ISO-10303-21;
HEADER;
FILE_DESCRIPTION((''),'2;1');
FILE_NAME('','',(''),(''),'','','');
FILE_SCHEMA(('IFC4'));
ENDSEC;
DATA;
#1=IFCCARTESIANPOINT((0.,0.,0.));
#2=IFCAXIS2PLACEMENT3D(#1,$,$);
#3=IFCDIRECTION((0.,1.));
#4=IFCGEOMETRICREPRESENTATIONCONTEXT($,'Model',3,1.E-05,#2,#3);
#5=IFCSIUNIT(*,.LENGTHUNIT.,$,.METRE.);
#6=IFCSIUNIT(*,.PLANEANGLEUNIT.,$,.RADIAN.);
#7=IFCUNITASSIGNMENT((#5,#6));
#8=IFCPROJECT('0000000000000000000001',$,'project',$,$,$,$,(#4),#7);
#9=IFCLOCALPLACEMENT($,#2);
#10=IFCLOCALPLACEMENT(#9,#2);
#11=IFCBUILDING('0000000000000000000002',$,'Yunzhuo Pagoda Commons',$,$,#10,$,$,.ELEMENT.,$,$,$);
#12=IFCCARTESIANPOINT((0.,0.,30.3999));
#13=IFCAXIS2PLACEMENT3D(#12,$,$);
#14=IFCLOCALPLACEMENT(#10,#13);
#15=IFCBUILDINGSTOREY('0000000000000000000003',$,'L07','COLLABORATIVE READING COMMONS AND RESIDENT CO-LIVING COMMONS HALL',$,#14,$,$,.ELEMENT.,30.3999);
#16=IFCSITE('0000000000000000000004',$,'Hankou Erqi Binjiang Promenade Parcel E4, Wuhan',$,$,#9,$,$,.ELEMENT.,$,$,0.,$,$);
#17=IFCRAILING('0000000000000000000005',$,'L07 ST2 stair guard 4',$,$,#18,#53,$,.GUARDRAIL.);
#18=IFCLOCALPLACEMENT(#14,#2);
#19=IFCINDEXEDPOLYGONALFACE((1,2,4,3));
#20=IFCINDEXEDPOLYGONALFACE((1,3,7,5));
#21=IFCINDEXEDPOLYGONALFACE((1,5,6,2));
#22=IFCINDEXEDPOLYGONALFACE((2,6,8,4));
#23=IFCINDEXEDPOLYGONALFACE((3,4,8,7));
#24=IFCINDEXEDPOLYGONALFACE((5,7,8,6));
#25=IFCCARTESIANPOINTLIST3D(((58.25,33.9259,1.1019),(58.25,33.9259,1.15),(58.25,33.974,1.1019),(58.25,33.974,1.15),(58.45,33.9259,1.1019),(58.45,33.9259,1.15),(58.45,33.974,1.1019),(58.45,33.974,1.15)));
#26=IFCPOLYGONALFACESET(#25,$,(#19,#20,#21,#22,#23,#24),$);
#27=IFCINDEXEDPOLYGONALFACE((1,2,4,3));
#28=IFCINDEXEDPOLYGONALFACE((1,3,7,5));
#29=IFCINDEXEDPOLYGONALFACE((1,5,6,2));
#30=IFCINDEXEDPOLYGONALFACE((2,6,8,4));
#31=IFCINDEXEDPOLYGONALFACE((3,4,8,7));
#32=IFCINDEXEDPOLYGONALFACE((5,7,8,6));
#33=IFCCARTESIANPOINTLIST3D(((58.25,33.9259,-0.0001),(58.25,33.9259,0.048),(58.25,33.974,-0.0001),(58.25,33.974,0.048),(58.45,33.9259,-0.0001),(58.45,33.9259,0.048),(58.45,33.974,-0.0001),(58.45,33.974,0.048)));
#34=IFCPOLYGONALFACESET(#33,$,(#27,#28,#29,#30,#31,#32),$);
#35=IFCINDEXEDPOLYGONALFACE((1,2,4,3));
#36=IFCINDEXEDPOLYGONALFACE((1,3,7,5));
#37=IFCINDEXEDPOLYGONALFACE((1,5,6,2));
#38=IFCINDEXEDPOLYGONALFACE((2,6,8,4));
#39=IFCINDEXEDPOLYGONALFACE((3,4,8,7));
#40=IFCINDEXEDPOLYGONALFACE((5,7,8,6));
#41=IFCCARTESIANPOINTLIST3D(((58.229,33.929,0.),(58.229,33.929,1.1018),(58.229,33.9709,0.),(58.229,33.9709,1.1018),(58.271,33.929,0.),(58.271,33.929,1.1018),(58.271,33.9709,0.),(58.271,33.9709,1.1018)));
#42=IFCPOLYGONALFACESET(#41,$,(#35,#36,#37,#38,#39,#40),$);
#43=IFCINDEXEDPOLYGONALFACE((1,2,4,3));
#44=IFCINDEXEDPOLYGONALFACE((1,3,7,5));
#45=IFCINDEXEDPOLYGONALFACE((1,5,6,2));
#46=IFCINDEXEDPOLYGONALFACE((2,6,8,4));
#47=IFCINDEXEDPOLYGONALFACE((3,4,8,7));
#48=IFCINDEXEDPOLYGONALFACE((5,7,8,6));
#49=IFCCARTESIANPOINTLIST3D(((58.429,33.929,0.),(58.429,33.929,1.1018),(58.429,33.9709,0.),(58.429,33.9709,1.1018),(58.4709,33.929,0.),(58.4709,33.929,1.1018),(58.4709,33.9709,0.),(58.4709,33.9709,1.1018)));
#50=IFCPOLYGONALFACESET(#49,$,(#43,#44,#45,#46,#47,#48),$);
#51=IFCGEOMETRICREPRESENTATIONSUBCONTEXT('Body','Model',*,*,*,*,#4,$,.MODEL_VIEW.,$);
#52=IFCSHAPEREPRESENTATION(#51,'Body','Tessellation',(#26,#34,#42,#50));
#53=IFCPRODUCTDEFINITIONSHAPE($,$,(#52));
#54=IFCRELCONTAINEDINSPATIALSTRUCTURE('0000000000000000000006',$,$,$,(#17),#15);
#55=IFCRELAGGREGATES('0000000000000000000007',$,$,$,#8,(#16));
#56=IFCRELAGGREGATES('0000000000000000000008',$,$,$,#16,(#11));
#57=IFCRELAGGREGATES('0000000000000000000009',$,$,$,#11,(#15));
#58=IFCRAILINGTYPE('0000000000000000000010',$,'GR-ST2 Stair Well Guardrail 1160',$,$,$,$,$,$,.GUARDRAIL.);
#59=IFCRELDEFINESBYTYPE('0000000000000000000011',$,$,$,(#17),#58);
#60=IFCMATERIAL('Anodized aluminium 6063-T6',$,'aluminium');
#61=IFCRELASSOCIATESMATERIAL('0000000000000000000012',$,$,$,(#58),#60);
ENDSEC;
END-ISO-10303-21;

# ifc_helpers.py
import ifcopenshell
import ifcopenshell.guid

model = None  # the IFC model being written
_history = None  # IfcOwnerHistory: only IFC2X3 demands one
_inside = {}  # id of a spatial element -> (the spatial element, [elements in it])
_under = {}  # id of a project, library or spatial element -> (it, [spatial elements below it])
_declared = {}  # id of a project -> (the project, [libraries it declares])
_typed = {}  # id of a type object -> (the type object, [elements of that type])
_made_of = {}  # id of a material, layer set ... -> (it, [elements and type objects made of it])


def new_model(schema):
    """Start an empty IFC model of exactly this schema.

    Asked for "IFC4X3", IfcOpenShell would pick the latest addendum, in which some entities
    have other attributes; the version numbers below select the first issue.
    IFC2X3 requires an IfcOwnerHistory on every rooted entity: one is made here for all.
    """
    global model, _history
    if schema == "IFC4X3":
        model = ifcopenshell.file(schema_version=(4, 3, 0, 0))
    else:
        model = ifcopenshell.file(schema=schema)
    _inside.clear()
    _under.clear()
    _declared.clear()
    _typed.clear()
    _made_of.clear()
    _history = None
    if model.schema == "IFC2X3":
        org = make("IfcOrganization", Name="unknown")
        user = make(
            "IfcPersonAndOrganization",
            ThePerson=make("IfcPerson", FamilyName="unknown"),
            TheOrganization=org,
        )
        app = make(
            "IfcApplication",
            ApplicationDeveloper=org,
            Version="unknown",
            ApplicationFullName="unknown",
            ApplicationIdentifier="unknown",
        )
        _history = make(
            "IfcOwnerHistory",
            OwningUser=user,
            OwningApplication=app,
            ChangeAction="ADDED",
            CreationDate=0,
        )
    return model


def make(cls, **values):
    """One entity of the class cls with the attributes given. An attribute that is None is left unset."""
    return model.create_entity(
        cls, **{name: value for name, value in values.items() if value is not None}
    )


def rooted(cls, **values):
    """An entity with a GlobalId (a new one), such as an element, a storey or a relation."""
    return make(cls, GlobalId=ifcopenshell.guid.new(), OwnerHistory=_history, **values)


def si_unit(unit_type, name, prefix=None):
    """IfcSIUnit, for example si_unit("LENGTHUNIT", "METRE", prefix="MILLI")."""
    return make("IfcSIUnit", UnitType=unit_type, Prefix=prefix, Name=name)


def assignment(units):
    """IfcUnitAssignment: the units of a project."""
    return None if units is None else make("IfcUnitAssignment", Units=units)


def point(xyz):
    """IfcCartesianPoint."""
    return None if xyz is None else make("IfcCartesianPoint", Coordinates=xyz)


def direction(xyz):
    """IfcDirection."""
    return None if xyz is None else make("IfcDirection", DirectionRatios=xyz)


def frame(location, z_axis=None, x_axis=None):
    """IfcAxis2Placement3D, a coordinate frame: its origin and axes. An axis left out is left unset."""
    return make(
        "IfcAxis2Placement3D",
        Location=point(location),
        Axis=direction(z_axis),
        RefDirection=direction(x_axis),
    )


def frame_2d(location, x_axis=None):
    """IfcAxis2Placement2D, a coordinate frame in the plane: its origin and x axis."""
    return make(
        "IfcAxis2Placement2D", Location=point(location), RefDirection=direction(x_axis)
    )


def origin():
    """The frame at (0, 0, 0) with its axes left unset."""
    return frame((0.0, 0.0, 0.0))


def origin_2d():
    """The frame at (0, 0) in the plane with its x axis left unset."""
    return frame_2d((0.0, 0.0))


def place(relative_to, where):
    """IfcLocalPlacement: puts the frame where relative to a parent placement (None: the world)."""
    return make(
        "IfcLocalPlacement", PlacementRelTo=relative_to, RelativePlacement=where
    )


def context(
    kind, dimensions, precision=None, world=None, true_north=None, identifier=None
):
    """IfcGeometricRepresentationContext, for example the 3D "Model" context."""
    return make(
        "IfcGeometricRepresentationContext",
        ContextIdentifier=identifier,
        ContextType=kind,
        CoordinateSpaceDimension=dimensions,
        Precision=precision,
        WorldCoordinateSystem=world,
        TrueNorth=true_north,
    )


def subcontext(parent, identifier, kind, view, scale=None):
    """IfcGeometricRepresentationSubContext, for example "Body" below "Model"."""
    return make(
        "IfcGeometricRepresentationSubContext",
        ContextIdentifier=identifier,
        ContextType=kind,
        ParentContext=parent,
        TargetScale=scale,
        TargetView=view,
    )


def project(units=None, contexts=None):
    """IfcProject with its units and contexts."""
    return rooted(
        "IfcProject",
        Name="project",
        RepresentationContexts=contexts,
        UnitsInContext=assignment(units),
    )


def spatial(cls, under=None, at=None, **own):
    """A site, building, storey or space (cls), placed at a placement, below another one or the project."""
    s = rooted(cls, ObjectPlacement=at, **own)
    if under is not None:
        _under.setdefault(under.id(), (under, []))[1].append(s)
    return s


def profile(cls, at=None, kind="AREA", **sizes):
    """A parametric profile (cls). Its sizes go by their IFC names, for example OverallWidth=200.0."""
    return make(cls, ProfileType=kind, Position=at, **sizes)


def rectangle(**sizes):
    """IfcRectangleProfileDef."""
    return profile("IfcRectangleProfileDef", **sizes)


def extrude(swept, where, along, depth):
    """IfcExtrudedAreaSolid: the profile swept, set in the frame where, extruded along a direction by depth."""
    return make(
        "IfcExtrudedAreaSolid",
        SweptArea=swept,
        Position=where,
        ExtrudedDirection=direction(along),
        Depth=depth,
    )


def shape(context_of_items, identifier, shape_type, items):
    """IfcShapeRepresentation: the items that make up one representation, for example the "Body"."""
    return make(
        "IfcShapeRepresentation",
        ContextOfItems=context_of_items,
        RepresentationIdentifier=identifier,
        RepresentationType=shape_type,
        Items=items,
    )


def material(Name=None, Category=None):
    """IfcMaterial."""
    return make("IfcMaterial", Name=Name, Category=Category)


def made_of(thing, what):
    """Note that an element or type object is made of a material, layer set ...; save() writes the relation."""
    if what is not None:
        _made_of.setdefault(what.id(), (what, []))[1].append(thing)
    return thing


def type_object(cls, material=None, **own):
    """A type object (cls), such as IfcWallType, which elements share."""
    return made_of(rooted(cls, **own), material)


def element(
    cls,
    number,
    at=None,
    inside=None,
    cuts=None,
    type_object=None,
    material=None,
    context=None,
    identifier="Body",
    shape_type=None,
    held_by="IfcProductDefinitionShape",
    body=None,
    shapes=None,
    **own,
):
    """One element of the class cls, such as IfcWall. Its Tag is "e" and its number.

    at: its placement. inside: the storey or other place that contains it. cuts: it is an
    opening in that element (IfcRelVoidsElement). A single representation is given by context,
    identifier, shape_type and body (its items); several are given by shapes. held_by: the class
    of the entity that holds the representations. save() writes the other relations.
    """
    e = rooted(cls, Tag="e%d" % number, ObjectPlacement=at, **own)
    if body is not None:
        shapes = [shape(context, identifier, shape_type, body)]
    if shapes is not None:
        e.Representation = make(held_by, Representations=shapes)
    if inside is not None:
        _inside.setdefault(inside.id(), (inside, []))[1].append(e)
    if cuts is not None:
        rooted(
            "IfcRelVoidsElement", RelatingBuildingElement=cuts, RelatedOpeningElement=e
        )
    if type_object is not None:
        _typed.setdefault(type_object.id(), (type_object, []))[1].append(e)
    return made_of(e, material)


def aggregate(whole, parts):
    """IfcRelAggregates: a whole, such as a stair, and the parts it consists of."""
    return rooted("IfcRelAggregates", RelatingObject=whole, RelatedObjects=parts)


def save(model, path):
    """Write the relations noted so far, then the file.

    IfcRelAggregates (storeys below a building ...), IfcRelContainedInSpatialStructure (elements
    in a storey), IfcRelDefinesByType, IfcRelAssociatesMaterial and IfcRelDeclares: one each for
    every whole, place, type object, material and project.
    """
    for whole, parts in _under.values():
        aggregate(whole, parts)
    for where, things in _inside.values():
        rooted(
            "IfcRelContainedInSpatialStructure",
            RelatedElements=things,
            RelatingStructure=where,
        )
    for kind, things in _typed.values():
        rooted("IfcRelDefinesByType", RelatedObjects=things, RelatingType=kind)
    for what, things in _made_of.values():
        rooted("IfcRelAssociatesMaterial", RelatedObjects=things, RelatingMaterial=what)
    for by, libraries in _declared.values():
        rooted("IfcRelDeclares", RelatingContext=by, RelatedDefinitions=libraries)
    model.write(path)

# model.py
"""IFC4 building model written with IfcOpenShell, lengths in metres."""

from ifc_helpers import new_model, si_unit, direction, frame, origin, origin_2d, place, context, subcontext, project, spatial, rectangle, extrude, material, type_object, element, save


model = new_model("IFC4")

# Units and contexts
model_context = context("Model", 3, precision=1e-05, world=origin(), true_north=direction((0.0, 1.0)))
body_context = subcontext(model_context, "Body", "Model", "MODEL_VIEW")
ifc_project = project(units=[si_unit("LENGTHUNIT", "METRE"), si_unit("PLANEANGLEUNIT", "RADIAN")], contexts=[model_context])

# Site, building, storey
site_placement = place(None, origin())
site = spatial("IfcSite", under=ifc_project, at=site_placement, Name="Hankou Erqi Binjiang Promenade Parcel E4, Wuhan", CompositionType="ELEMENT", RefElevation=0.0)
building_placement = place(site_placement, origin())
building = spatial("IfcBuilding", under=site, at=building_placement, Name="Yunzhuo Pagoda Commons", CompositionType="ELEMENT")
storey_placement = place(building_placement, frame((0.0, 0.0, 30.3999)))
storey = spatial("IfcBuildingStorey", under=building, at=storey_placement, Name="L07", Description="COLLABORATIVE READING COMMONS AND RESIDENT CO-LIVING COMMONS HALL", CompositionType="ELEMENT", Elevation=30.3999)

# Railing
ifc_material_1 = material(Name="Anodized aluminium 6063-T6", Category="aluminium")
railing_type = type_object("IfcRailingType", Name="GR-ST2 Stair Well Guardrail 1160", PredefinedType="GUARDRAIL", material=ifc_material_1)
railing_placement = place(storey_placement, frame((58.25, 33.95, 0.0)))
element("IfcRailing", 1, at=railing_placement, inside=storey, type_object=railing_type, Name="L07 ST2 stair guard 4", PredefinedType="GUARDRAIL", context=body_context, shape_type="SweptSolid", body=[
    extrude(rectangle(XDim=0.0481, YDim=0.0481, at=origin_2d()), frame((0.0, 0.0, 1.126), z_axis=(1.0, 0.0, 0.0), x_axis=(0.0, 1.0, 0.0)), (0.0, 0.0, 1.0), 0.2),
    extrude(rectangle(XDim=0.0481, YDim=0.0481, at=origin_2d()), frame((0.0, 0.0, 0.0239), z_axis=(1.0, 0.0, 0.0), x_axis=(0.0, 1.0, 0.0)), (0.0, 0.0, 1.0), 0.2),
    extrude(rectangle(XDim=0.042, YDim=0.042, at=origin_2d()), origin(), (0.0, 0.0, 1.0), 1.1018),
    extrude(rectangle(XDim=0.042, YDim=0.042, at=origin_2d()), frame((0.2, 0.0, 0.0)), (0.0, 0.0, 1.0), 1.1018),
])

save(model, "model.ifc")
